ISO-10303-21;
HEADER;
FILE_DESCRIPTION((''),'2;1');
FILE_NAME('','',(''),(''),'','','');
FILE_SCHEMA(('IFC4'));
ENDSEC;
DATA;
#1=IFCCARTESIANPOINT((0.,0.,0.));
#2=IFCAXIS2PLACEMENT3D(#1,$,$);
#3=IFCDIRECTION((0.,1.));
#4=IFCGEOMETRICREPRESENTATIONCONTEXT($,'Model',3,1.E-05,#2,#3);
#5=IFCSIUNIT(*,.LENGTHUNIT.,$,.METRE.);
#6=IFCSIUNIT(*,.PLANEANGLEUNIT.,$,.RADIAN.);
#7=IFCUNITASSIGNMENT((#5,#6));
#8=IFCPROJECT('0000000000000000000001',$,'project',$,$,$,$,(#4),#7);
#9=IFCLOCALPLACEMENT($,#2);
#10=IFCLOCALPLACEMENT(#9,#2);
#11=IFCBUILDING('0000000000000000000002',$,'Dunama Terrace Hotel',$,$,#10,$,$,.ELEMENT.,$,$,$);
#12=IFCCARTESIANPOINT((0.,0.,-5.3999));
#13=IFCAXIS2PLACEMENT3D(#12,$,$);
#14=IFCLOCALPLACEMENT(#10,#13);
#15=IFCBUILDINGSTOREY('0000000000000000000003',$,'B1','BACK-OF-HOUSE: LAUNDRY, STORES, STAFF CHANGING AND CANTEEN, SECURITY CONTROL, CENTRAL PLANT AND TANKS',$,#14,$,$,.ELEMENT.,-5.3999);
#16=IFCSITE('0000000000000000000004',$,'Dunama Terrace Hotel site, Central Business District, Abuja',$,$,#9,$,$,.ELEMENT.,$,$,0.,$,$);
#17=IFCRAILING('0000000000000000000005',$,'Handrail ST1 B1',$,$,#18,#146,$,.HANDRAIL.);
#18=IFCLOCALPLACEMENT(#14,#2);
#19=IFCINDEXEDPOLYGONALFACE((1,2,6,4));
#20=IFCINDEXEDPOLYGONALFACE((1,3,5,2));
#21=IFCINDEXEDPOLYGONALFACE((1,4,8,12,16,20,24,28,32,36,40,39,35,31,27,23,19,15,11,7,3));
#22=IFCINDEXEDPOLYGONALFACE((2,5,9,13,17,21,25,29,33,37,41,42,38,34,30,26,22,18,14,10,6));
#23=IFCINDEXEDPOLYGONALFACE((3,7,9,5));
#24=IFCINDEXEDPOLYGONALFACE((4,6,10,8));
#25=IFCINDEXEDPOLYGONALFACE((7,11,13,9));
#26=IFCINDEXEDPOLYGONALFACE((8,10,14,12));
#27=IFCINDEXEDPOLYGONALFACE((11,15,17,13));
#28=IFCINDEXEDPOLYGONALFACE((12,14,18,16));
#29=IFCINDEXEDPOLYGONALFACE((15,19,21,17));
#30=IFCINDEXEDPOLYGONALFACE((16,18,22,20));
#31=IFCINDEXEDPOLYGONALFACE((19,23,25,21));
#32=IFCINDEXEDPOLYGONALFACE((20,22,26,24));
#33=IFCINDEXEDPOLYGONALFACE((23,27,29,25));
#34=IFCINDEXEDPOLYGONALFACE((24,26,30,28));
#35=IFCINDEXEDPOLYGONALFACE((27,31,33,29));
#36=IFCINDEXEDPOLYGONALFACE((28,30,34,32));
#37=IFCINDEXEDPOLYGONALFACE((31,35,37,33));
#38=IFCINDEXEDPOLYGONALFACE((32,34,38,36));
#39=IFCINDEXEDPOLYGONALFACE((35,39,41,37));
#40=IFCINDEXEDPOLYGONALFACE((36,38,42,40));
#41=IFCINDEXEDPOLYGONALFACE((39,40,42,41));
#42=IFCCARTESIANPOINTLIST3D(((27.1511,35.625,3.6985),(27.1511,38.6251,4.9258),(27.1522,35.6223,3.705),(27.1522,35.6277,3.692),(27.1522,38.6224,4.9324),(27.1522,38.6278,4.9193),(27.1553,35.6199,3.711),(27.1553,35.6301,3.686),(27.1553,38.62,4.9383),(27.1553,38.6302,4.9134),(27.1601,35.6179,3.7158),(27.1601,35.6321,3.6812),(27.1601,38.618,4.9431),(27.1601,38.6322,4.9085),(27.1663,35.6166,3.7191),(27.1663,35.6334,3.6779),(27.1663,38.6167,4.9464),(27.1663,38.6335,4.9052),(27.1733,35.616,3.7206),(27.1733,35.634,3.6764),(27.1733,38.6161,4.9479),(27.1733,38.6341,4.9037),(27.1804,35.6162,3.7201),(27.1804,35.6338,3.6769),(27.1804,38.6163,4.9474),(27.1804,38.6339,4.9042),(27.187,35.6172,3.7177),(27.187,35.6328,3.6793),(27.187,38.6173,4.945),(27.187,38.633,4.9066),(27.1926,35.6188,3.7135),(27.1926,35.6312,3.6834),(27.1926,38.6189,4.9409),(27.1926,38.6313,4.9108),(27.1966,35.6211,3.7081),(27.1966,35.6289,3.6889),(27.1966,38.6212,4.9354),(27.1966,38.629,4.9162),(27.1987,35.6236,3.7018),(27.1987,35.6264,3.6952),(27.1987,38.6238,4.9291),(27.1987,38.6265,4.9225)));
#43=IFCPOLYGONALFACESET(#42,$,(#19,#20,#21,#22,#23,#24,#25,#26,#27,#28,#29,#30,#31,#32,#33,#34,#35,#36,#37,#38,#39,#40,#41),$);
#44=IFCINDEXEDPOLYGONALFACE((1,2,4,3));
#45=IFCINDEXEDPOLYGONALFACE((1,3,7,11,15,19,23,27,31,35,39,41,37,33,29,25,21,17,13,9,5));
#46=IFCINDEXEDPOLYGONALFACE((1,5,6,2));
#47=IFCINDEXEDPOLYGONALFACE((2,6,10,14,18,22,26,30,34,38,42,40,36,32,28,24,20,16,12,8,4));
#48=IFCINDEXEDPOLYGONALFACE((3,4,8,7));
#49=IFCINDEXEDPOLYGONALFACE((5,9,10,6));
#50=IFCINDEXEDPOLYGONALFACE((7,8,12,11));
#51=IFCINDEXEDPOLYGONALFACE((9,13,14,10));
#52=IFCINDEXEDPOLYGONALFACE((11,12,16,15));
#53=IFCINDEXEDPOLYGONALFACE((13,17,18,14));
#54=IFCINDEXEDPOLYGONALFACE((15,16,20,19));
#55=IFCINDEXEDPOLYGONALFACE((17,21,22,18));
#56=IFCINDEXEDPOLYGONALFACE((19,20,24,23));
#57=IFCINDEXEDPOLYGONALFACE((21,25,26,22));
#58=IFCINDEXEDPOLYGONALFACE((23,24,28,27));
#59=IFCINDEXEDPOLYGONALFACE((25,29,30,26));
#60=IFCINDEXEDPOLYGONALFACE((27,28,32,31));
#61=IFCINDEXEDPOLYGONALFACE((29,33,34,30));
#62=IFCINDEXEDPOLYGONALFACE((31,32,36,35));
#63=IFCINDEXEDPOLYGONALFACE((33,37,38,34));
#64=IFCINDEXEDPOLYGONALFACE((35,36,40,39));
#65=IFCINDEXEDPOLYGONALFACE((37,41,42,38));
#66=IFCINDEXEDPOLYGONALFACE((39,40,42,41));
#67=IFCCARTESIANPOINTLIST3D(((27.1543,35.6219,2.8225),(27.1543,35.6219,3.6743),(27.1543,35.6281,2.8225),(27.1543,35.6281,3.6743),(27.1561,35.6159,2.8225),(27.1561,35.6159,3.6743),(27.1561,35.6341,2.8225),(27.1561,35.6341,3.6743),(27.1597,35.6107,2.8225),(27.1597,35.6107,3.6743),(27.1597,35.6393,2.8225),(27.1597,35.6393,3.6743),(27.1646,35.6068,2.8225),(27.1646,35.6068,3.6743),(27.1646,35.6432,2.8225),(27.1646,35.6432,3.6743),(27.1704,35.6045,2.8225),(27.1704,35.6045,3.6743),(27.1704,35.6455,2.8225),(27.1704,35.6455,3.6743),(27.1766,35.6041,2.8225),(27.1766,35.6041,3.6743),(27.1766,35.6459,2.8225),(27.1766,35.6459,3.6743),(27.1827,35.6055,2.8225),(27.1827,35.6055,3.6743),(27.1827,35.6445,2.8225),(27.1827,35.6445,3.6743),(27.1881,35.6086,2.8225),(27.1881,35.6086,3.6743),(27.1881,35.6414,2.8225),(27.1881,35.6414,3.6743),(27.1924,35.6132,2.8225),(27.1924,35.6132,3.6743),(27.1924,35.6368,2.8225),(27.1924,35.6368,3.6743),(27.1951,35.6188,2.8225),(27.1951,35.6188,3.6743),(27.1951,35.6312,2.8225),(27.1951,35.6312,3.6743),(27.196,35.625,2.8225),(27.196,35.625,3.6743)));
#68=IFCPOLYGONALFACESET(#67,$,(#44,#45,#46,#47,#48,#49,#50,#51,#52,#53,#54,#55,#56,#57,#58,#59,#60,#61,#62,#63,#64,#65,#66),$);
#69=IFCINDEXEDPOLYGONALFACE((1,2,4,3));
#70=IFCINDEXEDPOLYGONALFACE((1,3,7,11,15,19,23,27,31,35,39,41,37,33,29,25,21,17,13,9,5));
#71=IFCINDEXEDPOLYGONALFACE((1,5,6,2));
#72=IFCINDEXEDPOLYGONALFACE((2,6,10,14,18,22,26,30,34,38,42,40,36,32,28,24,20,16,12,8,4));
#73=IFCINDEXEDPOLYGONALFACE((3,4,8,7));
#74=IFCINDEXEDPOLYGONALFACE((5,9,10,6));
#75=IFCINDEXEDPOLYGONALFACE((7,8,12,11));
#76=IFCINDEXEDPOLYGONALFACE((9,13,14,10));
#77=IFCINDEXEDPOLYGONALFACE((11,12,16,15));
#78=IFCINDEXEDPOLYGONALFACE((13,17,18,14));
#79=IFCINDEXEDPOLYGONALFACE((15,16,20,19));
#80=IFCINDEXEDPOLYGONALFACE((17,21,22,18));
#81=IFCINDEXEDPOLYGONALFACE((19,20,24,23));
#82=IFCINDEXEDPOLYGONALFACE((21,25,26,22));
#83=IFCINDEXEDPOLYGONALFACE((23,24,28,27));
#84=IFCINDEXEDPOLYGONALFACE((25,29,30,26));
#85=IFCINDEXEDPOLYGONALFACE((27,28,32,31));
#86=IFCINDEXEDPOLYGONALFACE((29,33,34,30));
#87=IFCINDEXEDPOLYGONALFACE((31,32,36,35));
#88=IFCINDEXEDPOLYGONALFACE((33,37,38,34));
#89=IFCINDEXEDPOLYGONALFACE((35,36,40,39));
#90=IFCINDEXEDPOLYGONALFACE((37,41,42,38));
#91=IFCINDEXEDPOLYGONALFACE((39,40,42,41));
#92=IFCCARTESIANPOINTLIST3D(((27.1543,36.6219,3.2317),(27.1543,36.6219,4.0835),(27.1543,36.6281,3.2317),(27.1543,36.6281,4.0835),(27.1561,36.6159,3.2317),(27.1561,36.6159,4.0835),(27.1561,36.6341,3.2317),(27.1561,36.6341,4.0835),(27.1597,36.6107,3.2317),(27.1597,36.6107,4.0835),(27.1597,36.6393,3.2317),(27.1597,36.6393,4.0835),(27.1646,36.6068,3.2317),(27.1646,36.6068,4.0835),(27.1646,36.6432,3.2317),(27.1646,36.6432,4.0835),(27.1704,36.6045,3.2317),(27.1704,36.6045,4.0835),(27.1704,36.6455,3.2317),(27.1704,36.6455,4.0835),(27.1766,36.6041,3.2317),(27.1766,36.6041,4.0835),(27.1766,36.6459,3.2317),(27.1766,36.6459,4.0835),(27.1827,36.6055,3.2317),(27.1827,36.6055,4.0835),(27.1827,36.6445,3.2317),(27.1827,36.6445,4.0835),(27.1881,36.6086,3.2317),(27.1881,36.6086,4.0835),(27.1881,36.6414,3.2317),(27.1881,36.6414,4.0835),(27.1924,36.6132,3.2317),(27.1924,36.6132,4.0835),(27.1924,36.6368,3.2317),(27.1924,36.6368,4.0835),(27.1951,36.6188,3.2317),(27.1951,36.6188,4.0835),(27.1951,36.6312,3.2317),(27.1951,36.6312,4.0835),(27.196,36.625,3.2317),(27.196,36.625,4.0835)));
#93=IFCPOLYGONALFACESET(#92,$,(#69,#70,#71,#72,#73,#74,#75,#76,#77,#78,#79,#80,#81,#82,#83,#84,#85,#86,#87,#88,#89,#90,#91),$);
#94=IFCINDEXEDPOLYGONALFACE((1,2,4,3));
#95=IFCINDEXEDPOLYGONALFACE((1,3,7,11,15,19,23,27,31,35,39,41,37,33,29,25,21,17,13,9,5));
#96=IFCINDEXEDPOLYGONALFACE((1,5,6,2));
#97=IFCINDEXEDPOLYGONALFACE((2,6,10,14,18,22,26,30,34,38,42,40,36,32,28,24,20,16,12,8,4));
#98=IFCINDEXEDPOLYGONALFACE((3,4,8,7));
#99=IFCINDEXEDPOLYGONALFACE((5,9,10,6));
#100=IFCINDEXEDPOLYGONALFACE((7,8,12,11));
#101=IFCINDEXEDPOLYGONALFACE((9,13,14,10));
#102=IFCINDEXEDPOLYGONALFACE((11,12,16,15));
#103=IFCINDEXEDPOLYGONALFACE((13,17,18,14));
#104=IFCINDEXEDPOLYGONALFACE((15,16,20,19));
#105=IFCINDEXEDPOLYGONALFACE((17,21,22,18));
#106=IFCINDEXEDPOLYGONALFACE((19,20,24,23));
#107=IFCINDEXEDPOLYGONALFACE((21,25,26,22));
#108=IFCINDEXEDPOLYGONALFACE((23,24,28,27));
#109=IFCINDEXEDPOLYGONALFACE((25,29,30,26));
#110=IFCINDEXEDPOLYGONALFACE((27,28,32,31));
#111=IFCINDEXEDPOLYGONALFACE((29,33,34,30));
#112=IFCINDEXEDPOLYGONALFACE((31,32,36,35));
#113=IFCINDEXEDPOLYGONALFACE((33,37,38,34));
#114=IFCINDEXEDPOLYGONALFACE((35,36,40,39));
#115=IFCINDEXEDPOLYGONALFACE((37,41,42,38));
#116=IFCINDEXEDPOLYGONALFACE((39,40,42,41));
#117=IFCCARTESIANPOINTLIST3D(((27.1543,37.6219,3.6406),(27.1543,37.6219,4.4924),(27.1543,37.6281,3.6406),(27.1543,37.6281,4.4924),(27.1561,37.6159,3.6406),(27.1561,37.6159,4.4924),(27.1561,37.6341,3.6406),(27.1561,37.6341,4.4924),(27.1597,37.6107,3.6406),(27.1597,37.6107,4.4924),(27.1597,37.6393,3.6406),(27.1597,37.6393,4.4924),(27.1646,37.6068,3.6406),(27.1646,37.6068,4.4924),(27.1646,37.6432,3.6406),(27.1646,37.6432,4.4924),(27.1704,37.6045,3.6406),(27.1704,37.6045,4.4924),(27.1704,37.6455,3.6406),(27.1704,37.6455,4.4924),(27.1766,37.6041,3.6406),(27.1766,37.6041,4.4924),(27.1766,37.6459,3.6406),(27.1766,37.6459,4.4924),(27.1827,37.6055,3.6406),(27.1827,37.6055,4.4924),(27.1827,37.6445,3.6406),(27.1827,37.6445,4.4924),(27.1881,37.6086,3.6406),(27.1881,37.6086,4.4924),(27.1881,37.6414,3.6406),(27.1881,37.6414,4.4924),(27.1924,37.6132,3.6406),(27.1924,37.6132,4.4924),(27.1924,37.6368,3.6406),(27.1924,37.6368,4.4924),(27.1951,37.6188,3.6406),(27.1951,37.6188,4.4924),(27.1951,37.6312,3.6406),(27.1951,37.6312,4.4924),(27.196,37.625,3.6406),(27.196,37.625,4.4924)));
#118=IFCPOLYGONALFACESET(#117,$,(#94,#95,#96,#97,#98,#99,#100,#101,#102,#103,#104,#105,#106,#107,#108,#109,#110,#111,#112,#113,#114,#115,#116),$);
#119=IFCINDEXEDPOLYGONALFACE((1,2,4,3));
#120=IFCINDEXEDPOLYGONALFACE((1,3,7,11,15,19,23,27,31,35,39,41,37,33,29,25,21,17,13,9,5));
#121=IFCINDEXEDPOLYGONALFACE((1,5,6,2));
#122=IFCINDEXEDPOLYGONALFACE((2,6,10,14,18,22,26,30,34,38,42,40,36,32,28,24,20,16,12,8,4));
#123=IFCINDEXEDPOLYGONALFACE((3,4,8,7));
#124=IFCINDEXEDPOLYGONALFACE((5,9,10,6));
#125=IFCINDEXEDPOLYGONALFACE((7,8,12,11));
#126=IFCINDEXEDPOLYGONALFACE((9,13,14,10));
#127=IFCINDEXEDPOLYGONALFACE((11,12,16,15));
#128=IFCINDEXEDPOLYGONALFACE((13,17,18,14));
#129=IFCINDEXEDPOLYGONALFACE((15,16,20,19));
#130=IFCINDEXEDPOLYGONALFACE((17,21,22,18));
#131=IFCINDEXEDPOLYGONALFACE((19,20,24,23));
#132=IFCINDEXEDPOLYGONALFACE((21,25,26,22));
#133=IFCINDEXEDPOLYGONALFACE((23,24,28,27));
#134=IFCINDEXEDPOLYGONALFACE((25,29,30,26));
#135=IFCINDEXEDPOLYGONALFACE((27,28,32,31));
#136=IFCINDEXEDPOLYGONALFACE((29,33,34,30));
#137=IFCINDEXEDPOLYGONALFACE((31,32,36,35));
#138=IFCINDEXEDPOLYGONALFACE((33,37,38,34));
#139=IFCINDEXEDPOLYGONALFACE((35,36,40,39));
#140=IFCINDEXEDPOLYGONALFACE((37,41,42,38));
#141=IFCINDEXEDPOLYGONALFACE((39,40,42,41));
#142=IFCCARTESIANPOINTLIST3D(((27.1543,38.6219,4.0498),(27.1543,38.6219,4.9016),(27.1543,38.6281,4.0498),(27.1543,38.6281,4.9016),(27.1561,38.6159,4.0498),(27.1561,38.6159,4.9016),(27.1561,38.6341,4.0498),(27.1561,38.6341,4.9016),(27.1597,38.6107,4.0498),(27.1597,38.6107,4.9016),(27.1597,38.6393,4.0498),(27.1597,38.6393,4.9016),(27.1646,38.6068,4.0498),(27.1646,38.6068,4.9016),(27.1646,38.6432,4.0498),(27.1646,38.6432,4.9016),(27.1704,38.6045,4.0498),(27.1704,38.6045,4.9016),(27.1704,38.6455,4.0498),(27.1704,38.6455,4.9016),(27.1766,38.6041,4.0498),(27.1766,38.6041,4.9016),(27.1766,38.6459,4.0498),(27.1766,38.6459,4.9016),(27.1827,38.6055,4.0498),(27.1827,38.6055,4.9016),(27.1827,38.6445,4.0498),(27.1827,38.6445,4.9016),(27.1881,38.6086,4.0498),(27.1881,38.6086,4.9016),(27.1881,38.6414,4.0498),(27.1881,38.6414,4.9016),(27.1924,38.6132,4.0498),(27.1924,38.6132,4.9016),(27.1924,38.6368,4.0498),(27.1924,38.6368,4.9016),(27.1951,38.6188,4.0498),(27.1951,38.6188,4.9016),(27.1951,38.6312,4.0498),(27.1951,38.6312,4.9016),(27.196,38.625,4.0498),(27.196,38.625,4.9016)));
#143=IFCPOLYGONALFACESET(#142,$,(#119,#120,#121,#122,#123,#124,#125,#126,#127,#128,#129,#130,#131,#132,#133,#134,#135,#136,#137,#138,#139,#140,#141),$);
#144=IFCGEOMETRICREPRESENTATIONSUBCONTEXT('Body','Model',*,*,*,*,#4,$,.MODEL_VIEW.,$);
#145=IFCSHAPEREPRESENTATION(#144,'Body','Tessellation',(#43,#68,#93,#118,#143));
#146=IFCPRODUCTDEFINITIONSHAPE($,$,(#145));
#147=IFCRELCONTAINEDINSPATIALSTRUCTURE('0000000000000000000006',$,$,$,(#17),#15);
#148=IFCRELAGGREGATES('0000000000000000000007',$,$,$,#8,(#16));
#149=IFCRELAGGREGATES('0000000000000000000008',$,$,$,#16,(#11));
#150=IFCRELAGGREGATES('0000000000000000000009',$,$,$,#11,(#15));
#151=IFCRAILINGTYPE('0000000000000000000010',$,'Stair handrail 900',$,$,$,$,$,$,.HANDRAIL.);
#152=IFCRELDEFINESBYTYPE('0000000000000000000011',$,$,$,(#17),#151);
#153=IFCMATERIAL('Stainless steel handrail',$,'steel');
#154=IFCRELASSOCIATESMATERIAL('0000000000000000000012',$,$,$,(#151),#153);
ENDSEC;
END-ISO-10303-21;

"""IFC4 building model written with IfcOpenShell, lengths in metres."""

from ifc_helpers import new_model, si_unit, direction, frame, origin, origin_2d, place, context, subcontext, project, spatial, circle, extrude, material, type_object, element, save


model = new_model("IFC4")

# Units and contexts
model_context = context("Model", 3, precision=1e-05, world=origin(), true_north=direction((0.0, 1.0)))
body_context = subcontext(model_context, "Body", "Model", "MODEL_VIEW")
ifc_project = project(units=[si_unit("LENGTHUNIT", "METRE"), si_unit("PLANEANGLEUNIT", "RADIAN")], contexts=[model_context])

# Site, building, storey
site_placement = place(None, origin())
site = spatial("IfcSite", under=ifc_project, at=site_placement, Name="Dunama Terrace Hotel site, Central Business District, Abuja", CompositionType="ELEMENT", RefElevation=0.0)
building_placement = place(site_placement, origin())
building = spatial("IfcBuilding", under=site, at=building_placement, Name="Dunama Terrace Hotel", CompositionType="ELEMENT")
storey_placement = place(building_placement, frame((0.0, 0.0, -5.3999)))
storey = spatial("IfcBuildingStorey", under=building, at=storey_placement, Name="B1", Description="BACK-OF-HOUSE: LAUNDRY, STORES, STAFF CHANGING AND CANTEEN, SECURITY CONTROL, CENTRAL PLANT AND TANKS", CompositionType="ELEMENT", Elevation=-5.3999)

# Railing
ifc_material_1 = material(Name="Stainless steel handrail", Category="steel")
railing_type = type_object("IfcRailingType", Name="Stair handrail 900", PredefinedType="HANDRAIL", material=ifc_material_1)
railing_1_placement = place(storey_placement, frame((27.175, 35.625, 2.8225)))
element("IfcRailing", 1, at=railing_1_placement, inside=storey, type_object=railing_type, Name="Handrail ST1 B1", PredefinedType="HANDRAIL", context=body_context, shape_type="SweptSolid", body=[
    extrude(circle(Radius=0.0239, at=origin_2d()), frame((0.0, 0.0, 0.876), z_axis=(0.0, 0.925545, 0.378639), x_axis=(-1.0, 0.0, 0.0)), (0.0, 0.0, 1.0), 3.2415),
    extrude(circle(Radius=0.021, at=origin_2d()), origin(), (0.0, 0.0, 1.0), 0.8518),
    extrude(circle(Radius=0.021, at=origin_2d()), frame((0.0, 1.0, 0.4092)), (0.0, 0.0, 1.0), 0.8518),
    extrude(circle(Radius=0.021, at=origin_2d()), frame((0.0, 2.0, 0.8181)), (0.0, 0.0, 1.0), 0.8518),
    extrude(circle(Radius=0.021, at=origin_2d()), frame((0.0, 3.0, 1.2273)), (0.0, 0.0, 1.0), 0.8518),
])

save(model, "model.ifc")
